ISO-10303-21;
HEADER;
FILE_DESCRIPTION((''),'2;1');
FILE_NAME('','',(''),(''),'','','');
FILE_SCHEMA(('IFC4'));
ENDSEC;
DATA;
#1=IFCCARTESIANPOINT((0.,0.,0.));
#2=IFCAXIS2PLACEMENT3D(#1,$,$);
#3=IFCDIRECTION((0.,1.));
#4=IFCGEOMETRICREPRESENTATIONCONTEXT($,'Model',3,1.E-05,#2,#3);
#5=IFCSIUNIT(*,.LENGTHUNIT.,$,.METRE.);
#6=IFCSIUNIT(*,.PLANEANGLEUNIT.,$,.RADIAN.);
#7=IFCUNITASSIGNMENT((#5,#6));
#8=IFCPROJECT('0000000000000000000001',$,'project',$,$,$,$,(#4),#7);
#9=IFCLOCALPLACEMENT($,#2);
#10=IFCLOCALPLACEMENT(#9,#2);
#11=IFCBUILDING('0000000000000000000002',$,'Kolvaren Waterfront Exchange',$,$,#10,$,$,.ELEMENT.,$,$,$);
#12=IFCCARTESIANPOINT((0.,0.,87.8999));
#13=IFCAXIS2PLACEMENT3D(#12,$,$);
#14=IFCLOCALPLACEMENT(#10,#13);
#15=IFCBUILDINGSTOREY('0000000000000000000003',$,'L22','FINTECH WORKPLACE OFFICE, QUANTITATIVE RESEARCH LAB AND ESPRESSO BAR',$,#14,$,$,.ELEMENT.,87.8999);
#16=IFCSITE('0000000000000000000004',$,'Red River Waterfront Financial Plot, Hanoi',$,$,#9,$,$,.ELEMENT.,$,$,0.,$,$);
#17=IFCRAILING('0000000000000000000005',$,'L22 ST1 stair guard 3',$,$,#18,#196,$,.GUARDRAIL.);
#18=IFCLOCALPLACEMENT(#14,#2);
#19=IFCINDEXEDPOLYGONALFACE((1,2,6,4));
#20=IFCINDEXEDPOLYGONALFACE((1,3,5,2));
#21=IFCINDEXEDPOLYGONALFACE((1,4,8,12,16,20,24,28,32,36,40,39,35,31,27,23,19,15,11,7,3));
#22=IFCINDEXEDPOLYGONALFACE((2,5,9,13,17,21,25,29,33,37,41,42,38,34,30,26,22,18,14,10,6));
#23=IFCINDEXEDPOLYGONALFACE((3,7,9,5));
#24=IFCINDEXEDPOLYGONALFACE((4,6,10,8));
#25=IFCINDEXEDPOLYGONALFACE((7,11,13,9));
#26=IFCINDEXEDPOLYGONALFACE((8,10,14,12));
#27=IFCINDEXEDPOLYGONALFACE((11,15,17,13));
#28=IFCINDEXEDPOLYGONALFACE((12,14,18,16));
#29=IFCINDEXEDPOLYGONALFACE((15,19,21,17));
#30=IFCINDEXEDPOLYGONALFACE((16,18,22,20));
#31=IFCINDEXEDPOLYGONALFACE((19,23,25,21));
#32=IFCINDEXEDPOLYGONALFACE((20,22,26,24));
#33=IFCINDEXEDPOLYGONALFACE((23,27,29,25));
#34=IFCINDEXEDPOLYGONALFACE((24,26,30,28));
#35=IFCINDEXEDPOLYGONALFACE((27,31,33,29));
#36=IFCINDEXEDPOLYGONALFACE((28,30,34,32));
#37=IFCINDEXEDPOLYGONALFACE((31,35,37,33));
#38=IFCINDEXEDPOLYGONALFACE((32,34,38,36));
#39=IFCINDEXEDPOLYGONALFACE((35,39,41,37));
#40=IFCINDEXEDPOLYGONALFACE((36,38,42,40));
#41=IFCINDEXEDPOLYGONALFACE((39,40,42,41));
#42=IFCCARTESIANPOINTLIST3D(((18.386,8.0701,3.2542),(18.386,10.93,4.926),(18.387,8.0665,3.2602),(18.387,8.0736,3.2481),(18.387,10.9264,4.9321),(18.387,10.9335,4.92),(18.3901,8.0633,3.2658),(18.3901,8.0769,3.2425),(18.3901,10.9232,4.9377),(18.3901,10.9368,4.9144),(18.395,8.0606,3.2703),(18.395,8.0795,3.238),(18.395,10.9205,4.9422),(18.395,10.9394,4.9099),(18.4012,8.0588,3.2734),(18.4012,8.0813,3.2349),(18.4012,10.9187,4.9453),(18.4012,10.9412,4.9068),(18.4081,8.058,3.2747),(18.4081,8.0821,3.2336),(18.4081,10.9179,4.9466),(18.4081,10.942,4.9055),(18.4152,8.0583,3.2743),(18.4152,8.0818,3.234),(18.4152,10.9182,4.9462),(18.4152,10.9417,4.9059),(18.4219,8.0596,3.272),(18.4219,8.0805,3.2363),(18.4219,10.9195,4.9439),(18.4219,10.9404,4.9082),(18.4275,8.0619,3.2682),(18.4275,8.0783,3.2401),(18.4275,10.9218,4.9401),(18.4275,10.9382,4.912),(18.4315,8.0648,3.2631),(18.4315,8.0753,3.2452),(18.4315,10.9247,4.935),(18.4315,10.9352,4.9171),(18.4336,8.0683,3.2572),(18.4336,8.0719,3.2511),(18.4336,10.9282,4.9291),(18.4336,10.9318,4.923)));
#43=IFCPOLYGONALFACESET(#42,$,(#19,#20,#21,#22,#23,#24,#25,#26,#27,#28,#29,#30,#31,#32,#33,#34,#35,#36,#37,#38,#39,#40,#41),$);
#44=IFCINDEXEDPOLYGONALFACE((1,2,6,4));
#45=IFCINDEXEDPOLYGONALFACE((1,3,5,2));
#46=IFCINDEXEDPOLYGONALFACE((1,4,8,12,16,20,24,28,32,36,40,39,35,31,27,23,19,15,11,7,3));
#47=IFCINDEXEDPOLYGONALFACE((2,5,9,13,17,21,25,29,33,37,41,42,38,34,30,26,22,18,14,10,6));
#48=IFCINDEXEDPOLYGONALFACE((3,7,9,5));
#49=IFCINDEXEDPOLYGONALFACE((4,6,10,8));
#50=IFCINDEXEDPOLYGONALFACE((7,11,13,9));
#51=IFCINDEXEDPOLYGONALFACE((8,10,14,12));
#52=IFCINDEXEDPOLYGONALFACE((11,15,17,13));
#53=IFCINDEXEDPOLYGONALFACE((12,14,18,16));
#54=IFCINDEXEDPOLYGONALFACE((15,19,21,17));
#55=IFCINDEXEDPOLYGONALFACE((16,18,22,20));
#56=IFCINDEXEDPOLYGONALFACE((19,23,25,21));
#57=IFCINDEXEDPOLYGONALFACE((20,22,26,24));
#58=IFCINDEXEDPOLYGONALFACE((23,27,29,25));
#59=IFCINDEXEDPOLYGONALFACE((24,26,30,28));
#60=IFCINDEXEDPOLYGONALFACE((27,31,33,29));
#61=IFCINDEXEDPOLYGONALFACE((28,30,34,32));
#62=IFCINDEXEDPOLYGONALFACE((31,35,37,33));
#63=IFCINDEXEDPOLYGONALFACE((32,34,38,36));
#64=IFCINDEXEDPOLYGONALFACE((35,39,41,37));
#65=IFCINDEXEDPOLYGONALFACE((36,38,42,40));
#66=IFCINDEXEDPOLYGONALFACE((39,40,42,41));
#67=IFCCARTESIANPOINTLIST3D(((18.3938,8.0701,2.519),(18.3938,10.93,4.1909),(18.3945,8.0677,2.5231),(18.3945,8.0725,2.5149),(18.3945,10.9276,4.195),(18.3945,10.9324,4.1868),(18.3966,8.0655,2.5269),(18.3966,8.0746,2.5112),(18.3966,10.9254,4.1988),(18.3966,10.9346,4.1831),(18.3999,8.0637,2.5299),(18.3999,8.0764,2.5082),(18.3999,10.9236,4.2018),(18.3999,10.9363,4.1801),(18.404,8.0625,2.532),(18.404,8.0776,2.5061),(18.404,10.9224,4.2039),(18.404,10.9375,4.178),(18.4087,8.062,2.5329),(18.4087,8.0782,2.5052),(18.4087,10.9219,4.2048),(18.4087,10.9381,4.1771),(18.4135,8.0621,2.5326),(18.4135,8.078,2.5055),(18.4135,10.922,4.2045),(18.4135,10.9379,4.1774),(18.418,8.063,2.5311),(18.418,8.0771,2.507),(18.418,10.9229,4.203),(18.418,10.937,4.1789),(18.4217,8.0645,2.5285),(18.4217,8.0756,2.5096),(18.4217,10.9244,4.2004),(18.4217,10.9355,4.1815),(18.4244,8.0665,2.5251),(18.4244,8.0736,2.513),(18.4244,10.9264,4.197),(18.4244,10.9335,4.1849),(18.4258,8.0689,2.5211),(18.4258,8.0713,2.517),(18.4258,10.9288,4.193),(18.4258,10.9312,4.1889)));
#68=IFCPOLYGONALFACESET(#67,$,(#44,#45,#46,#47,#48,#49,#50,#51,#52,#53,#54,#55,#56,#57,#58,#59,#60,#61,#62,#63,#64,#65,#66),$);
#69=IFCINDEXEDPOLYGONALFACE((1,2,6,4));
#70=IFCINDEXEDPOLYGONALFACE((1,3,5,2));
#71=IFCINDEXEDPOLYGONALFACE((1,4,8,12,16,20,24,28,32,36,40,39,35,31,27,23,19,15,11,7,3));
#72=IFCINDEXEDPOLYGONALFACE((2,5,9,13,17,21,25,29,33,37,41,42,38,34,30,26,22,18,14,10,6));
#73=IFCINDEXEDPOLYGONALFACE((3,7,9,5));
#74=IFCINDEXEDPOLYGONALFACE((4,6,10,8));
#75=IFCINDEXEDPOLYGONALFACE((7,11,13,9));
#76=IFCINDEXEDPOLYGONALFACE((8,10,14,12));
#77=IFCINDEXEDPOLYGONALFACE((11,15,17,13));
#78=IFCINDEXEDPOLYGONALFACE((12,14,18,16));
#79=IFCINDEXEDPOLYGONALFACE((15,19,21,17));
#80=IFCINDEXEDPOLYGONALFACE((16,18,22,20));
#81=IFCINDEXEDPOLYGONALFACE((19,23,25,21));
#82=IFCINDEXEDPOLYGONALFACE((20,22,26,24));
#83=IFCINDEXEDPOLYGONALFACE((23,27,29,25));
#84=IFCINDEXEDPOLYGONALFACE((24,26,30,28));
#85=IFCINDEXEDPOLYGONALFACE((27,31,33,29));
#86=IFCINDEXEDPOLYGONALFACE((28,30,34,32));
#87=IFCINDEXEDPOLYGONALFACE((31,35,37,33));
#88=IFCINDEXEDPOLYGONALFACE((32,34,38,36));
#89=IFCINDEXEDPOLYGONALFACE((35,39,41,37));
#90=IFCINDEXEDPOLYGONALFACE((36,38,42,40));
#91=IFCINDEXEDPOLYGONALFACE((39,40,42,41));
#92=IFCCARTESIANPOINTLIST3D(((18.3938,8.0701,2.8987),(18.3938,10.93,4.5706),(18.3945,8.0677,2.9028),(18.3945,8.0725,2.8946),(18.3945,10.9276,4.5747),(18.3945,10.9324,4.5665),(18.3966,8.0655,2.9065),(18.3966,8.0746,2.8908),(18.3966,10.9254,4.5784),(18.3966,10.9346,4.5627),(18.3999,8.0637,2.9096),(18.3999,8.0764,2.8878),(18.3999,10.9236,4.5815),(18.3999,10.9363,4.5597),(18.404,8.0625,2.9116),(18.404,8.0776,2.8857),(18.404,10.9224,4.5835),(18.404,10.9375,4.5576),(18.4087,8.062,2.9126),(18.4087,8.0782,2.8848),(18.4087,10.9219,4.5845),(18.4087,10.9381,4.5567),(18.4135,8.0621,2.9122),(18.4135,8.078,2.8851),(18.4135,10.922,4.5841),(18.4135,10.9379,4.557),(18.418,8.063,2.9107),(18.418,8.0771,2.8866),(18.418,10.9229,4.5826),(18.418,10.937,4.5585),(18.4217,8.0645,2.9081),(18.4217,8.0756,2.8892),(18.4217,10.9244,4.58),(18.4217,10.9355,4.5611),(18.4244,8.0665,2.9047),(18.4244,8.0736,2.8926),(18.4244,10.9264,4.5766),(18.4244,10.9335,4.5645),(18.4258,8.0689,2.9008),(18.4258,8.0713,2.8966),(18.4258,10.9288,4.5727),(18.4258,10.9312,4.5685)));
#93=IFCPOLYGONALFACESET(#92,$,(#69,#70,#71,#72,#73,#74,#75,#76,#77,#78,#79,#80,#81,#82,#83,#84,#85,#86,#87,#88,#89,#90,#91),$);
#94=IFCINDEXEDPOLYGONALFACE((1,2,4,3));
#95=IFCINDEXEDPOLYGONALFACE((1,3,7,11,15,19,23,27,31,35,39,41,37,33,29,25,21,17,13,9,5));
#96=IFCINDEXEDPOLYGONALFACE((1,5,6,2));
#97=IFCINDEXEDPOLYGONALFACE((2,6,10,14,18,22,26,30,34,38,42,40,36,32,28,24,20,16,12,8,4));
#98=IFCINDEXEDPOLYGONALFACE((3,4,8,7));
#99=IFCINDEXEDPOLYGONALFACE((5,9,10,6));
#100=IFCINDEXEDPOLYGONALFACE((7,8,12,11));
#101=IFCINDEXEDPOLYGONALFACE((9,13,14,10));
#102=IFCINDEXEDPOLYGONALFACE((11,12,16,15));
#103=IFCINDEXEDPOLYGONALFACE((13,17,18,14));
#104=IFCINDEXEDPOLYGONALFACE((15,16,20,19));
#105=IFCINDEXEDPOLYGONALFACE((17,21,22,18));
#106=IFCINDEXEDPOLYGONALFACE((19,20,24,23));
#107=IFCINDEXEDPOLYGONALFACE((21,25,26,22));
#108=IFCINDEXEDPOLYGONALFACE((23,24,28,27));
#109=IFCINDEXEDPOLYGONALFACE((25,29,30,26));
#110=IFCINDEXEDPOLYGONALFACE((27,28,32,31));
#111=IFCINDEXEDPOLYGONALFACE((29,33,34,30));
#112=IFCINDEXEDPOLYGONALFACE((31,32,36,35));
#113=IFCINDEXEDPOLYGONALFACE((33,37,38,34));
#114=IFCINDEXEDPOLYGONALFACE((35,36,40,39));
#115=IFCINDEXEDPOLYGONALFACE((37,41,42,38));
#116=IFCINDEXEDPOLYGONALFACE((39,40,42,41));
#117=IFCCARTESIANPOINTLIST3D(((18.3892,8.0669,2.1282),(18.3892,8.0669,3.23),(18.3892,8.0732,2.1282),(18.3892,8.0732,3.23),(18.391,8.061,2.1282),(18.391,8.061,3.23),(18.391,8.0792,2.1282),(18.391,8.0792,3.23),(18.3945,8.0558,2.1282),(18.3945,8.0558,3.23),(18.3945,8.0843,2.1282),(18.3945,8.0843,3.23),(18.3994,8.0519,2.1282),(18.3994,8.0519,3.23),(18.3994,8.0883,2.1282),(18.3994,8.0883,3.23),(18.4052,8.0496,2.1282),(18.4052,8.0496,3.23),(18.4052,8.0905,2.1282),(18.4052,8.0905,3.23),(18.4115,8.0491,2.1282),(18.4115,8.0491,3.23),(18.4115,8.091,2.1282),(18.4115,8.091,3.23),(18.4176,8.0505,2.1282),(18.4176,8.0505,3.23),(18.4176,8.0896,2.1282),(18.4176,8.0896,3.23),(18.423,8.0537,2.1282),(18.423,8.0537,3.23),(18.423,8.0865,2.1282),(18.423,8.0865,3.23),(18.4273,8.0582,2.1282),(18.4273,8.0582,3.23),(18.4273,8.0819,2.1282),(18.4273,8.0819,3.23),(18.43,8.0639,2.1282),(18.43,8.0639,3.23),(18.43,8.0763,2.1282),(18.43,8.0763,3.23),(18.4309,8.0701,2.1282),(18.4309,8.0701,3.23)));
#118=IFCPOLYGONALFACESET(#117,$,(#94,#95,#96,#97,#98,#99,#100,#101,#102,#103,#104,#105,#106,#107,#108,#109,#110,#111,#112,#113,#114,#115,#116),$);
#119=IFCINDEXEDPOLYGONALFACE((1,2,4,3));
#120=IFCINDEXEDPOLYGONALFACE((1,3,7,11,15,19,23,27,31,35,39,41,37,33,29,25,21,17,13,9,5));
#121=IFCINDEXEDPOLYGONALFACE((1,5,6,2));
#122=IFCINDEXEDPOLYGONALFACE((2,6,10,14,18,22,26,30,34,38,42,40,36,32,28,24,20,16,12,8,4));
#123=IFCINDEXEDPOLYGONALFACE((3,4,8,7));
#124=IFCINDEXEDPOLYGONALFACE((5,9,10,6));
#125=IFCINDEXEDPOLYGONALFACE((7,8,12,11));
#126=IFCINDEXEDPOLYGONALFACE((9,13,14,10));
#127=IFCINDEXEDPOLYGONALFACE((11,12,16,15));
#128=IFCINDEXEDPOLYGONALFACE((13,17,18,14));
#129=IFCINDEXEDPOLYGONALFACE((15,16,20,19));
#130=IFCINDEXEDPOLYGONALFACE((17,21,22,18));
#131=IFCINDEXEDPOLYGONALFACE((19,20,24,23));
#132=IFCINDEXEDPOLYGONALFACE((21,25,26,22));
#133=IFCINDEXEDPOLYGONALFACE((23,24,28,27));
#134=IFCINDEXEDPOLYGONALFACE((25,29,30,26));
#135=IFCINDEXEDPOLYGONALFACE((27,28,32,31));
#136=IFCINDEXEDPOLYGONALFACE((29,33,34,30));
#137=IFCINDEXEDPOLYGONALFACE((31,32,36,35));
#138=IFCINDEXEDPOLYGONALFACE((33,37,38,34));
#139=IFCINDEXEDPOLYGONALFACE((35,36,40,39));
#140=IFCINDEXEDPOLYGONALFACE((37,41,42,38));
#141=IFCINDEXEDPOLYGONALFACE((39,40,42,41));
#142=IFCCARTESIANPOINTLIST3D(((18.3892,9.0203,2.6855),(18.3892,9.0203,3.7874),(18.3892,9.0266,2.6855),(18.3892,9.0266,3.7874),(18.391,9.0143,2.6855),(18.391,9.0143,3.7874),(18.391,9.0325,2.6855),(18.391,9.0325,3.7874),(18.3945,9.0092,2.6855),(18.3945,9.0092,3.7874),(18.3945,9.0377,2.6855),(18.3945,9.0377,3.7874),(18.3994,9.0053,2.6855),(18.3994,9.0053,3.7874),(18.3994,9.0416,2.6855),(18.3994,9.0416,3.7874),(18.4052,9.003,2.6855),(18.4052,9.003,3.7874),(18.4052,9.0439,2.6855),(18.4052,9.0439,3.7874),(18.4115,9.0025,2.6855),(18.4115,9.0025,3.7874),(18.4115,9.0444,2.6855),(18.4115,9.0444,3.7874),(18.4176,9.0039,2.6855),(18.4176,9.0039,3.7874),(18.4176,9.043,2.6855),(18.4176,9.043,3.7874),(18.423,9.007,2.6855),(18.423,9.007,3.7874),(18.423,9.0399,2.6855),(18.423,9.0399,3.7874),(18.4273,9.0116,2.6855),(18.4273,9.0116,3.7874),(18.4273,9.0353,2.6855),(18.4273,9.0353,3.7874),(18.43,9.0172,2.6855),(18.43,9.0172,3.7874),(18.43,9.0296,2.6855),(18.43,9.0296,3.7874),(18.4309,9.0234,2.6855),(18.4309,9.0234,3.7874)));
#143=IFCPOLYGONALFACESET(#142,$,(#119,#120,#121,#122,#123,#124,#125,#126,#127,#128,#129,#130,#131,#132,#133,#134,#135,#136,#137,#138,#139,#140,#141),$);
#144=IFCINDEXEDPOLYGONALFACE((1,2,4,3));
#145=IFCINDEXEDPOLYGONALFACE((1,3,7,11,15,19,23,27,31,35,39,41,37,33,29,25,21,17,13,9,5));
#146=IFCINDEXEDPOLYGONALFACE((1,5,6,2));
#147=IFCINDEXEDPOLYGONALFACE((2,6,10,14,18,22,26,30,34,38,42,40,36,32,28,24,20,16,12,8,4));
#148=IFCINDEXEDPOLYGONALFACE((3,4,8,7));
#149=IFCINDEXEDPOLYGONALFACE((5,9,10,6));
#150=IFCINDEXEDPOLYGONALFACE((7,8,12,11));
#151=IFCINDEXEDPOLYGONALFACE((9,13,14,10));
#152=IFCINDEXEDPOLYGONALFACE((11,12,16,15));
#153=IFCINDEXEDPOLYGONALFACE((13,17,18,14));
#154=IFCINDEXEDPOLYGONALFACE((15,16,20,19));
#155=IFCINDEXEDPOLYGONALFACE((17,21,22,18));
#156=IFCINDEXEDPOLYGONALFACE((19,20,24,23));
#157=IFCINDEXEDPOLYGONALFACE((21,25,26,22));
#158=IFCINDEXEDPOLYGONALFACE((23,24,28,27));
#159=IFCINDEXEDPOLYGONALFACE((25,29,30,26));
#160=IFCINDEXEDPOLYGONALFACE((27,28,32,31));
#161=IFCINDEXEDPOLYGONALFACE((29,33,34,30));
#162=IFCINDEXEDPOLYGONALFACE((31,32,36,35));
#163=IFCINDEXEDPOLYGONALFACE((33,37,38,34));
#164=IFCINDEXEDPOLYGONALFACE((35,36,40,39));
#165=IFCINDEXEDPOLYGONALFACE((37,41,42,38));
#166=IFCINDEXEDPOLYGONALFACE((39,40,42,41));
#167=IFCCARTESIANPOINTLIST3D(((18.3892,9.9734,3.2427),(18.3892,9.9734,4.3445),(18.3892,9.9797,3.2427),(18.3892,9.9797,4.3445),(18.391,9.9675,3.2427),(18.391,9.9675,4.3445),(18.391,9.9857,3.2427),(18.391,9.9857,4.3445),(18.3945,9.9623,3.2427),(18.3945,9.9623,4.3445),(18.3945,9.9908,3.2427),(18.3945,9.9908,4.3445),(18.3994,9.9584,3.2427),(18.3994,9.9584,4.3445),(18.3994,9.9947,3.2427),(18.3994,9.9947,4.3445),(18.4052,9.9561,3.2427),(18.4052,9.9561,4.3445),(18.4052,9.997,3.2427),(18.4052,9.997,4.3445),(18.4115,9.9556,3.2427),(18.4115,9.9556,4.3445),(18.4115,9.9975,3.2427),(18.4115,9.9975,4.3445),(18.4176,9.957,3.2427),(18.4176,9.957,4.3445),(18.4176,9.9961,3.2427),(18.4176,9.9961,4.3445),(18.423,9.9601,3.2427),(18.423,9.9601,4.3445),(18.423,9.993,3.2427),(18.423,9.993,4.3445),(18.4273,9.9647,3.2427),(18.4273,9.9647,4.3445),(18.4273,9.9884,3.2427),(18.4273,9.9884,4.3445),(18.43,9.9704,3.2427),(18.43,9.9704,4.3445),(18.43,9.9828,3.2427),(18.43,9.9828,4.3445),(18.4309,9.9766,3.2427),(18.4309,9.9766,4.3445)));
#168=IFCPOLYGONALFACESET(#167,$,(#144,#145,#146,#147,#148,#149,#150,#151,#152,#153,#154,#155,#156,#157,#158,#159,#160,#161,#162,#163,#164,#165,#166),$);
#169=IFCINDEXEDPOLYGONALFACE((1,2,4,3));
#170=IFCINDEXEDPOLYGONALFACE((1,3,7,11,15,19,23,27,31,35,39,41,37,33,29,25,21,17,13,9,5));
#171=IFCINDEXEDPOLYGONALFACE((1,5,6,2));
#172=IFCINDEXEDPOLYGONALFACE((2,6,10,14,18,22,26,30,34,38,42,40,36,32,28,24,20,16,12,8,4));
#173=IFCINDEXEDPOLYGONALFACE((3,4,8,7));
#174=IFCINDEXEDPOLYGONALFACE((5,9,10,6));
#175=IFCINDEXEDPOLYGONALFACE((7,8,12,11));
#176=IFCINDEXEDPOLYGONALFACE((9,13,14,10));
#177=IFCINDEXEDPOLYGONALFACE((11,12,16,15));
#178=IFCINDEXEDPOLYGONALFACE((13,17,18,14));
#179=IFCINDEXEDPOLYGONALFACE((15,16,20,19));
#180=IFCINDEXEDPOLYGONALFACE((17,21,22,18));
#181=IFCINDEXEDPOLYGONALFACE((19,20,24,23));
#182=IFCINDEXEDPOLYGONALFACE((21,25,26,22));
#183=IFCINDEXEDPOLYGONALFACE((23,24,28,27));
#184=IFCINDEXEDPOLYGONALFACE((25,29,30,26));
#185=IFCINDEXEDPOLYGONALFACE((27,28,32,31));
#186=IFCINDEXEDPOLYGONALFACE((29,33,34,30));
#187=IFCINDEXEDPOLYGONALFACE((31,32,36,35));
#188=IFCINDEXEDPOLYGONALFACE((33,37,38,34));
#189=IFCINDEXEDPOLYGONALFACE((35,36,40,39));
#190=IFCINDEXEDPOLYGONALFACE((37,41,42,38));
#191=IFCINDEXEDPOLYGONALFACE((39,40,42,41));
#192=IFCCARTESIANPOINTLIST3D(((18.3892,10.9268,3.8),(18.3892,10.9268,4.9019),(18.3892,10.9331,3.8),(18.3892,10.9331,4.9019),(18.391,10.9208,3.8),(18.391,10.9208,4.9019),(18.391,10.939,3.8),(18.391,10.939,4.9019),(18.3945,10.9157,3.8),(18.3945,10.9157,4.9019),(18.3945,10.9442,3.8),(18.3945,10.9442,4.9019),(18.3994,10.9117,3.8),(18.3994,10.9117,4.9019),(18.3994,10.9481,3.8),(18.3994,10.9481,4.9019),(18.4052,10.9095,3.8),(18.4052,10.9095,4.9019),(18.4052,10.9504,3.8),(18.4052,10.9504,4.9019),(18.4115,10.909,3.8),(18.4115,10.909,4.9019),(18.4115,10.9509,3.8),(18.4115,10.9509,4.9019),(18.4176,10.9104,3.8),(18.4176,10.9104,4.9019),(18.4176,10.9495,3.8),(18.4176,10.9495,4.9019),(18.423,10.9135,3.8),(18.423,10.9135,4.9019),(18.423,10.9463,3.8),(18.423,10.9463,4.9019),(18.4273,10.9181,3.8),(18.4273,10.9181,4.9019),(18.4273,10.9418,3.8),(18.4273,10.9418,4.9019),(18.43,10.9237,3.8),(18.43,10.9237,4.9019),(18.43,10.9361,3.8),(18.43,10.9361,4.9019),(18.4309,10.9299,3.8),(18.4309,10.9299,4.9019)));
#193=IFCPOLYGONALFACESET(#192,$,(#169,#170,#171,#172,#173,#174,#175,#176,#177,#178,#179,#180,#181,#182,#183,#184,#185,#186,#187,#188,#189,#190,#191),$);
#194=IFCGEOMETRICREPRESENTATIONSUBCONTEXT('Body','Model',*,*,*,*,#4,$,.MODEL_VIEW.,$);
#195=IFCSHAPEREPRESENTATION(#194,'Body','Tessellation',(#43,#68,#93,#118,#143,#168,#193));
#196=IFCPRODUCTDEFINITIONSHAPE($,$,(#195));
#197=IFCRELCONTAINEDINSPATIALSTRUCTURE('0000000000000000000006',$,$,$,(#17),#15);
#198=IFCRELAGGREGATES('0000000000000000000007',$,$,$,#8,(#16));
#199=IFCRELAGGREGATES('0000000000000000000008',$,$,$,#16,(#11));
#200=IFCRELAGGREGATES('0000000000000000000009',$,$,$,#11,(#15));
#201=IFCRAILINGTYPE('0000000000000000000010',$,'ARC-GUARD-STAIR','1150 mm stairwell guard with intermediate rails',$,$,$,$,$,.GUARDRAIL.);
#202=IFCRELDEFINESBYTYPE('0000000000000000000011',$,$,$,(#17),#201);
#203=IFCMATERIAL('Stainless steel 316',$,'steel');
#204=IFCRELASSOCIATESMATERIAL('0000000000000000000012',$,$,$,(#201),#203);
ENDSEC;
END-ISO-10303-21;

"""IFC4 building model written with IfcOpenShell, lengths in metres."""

from ifc_helpers import new_model, si_unit, direction, frame, origin, origin_2d, place, context, subcontext, project, spatial, circle, extrude, material, type_object, element, save


model = new_model("IFC4")

# Units and contexts
model_context = context("Model", 3, precision=1e-05, world=origin(), true_north=direction((0.0, 1.0)))
body_context = subcontext(model_context, "Body", "Model", "MODEL_VIEW")
ifc_project = project(units=[si_unit("LENGTHUNIT", "METRE"), si_unit("PLANEANGLEUNIT", "RADIAN")], contexts=[model_context])

# Site, building, storey
site_placement = place(None, origin())
site = spatial("IfcSite", under=ifc_project, at=site_placement, Name="Red River Waterfront Financial Plot, Hanoi", CompositionType="ELEMENT", RefElevation=0.0)
building_placement = place(site_placement, origin())
building = spatial("IfcBuilding", under=site, at=building_placement, Name="Kolvaren Waterfront Exchange", CompositionType="ELEMENT")
storey_placement = place(building_placement, frame((0.0, 0.0, 87.8999)))
storey = spatial("IfcBuildingStorey", under=building, at=storey_placement, Name="L22", Description="FINTECH WORKPLACE OFFICE, QUANTITATIVE RESEARCH LAB AND ESPRESSO BAR", CompositionType="ELEMENT", Elevation=87.8999)

# Railing
ifc_material_1 = material(Name="Stainless steel 316", Category="steel")
railing_type_1 = type_object("IfcRailingType", Name="ARC-GUARD-STAIR", Description="1150 mm stairwell guard with intermediate rails", PredefinedType="GUARDRAIL", material=ifc_material_1)
railing_1_placement = place(storey_placement, frame((18.4099, 8.0701, 2.1282)))
element("IfcRailing", 1, at=railing_1_placement, inside=storey, type_object=railing_type_1, Name="L22 ST1 stair guard 3", PredefinedType="GUARDRAIL", context=body_context, shape_type="SweptSolid", body=[
    extrude(circle(Radius=0.0239, at=origin_2d()), frame((0.0, 0.0, 1.126), z_axis=(0.0, 0.863303, 0.504686), x_axis=(-1.0, 0.0, 0.0)), (0.0, 0.0, 1.0), 3.3127),
    extrude(circle(Radius=0.0161, at=origin_2d()), frame((0.0, 0.0, 0.3909), z_axis=(0.0, 0.863303, 0.504686), x_axis=(-1.0, 0.0, 0.0)), (0.0, 0.0, 1.0), 3.3127),
    extrude(circle(Radius=0.0161, at=origin_2d()), frame((0.0, 0.0, 0.7705), z_axis=(0.0, 0.863303, 0.504686), x_axis=(-1.0, 0.0, 0.0)), (0.0, 0.0, 1.0), 3.3127),
    extrude(circle(Radius=0.021, at=origin_2d()), origin(), (0.0, 0.0, 1.0), 1.1018),
    extrude(circle(Radius=0.021, at=origin_2d()), frame((0.0, 0.9534, 0.5574)), (0.0, 0.0, 1.0), 1.1018),
    extrude(circle(Radius=0.021, at=origin_2d()), frame((0.0, 1.9065, 1.1145)), (0.0, 0.0, 1.0), 1.1018),
    extrude(circle(Radius=0.021, at=origin_2d()), frame((0.0, 2.8599, 1.6719)), (0.0, 0.0, 1.0), 1.1018),
])

save(model, "model.ifc")
